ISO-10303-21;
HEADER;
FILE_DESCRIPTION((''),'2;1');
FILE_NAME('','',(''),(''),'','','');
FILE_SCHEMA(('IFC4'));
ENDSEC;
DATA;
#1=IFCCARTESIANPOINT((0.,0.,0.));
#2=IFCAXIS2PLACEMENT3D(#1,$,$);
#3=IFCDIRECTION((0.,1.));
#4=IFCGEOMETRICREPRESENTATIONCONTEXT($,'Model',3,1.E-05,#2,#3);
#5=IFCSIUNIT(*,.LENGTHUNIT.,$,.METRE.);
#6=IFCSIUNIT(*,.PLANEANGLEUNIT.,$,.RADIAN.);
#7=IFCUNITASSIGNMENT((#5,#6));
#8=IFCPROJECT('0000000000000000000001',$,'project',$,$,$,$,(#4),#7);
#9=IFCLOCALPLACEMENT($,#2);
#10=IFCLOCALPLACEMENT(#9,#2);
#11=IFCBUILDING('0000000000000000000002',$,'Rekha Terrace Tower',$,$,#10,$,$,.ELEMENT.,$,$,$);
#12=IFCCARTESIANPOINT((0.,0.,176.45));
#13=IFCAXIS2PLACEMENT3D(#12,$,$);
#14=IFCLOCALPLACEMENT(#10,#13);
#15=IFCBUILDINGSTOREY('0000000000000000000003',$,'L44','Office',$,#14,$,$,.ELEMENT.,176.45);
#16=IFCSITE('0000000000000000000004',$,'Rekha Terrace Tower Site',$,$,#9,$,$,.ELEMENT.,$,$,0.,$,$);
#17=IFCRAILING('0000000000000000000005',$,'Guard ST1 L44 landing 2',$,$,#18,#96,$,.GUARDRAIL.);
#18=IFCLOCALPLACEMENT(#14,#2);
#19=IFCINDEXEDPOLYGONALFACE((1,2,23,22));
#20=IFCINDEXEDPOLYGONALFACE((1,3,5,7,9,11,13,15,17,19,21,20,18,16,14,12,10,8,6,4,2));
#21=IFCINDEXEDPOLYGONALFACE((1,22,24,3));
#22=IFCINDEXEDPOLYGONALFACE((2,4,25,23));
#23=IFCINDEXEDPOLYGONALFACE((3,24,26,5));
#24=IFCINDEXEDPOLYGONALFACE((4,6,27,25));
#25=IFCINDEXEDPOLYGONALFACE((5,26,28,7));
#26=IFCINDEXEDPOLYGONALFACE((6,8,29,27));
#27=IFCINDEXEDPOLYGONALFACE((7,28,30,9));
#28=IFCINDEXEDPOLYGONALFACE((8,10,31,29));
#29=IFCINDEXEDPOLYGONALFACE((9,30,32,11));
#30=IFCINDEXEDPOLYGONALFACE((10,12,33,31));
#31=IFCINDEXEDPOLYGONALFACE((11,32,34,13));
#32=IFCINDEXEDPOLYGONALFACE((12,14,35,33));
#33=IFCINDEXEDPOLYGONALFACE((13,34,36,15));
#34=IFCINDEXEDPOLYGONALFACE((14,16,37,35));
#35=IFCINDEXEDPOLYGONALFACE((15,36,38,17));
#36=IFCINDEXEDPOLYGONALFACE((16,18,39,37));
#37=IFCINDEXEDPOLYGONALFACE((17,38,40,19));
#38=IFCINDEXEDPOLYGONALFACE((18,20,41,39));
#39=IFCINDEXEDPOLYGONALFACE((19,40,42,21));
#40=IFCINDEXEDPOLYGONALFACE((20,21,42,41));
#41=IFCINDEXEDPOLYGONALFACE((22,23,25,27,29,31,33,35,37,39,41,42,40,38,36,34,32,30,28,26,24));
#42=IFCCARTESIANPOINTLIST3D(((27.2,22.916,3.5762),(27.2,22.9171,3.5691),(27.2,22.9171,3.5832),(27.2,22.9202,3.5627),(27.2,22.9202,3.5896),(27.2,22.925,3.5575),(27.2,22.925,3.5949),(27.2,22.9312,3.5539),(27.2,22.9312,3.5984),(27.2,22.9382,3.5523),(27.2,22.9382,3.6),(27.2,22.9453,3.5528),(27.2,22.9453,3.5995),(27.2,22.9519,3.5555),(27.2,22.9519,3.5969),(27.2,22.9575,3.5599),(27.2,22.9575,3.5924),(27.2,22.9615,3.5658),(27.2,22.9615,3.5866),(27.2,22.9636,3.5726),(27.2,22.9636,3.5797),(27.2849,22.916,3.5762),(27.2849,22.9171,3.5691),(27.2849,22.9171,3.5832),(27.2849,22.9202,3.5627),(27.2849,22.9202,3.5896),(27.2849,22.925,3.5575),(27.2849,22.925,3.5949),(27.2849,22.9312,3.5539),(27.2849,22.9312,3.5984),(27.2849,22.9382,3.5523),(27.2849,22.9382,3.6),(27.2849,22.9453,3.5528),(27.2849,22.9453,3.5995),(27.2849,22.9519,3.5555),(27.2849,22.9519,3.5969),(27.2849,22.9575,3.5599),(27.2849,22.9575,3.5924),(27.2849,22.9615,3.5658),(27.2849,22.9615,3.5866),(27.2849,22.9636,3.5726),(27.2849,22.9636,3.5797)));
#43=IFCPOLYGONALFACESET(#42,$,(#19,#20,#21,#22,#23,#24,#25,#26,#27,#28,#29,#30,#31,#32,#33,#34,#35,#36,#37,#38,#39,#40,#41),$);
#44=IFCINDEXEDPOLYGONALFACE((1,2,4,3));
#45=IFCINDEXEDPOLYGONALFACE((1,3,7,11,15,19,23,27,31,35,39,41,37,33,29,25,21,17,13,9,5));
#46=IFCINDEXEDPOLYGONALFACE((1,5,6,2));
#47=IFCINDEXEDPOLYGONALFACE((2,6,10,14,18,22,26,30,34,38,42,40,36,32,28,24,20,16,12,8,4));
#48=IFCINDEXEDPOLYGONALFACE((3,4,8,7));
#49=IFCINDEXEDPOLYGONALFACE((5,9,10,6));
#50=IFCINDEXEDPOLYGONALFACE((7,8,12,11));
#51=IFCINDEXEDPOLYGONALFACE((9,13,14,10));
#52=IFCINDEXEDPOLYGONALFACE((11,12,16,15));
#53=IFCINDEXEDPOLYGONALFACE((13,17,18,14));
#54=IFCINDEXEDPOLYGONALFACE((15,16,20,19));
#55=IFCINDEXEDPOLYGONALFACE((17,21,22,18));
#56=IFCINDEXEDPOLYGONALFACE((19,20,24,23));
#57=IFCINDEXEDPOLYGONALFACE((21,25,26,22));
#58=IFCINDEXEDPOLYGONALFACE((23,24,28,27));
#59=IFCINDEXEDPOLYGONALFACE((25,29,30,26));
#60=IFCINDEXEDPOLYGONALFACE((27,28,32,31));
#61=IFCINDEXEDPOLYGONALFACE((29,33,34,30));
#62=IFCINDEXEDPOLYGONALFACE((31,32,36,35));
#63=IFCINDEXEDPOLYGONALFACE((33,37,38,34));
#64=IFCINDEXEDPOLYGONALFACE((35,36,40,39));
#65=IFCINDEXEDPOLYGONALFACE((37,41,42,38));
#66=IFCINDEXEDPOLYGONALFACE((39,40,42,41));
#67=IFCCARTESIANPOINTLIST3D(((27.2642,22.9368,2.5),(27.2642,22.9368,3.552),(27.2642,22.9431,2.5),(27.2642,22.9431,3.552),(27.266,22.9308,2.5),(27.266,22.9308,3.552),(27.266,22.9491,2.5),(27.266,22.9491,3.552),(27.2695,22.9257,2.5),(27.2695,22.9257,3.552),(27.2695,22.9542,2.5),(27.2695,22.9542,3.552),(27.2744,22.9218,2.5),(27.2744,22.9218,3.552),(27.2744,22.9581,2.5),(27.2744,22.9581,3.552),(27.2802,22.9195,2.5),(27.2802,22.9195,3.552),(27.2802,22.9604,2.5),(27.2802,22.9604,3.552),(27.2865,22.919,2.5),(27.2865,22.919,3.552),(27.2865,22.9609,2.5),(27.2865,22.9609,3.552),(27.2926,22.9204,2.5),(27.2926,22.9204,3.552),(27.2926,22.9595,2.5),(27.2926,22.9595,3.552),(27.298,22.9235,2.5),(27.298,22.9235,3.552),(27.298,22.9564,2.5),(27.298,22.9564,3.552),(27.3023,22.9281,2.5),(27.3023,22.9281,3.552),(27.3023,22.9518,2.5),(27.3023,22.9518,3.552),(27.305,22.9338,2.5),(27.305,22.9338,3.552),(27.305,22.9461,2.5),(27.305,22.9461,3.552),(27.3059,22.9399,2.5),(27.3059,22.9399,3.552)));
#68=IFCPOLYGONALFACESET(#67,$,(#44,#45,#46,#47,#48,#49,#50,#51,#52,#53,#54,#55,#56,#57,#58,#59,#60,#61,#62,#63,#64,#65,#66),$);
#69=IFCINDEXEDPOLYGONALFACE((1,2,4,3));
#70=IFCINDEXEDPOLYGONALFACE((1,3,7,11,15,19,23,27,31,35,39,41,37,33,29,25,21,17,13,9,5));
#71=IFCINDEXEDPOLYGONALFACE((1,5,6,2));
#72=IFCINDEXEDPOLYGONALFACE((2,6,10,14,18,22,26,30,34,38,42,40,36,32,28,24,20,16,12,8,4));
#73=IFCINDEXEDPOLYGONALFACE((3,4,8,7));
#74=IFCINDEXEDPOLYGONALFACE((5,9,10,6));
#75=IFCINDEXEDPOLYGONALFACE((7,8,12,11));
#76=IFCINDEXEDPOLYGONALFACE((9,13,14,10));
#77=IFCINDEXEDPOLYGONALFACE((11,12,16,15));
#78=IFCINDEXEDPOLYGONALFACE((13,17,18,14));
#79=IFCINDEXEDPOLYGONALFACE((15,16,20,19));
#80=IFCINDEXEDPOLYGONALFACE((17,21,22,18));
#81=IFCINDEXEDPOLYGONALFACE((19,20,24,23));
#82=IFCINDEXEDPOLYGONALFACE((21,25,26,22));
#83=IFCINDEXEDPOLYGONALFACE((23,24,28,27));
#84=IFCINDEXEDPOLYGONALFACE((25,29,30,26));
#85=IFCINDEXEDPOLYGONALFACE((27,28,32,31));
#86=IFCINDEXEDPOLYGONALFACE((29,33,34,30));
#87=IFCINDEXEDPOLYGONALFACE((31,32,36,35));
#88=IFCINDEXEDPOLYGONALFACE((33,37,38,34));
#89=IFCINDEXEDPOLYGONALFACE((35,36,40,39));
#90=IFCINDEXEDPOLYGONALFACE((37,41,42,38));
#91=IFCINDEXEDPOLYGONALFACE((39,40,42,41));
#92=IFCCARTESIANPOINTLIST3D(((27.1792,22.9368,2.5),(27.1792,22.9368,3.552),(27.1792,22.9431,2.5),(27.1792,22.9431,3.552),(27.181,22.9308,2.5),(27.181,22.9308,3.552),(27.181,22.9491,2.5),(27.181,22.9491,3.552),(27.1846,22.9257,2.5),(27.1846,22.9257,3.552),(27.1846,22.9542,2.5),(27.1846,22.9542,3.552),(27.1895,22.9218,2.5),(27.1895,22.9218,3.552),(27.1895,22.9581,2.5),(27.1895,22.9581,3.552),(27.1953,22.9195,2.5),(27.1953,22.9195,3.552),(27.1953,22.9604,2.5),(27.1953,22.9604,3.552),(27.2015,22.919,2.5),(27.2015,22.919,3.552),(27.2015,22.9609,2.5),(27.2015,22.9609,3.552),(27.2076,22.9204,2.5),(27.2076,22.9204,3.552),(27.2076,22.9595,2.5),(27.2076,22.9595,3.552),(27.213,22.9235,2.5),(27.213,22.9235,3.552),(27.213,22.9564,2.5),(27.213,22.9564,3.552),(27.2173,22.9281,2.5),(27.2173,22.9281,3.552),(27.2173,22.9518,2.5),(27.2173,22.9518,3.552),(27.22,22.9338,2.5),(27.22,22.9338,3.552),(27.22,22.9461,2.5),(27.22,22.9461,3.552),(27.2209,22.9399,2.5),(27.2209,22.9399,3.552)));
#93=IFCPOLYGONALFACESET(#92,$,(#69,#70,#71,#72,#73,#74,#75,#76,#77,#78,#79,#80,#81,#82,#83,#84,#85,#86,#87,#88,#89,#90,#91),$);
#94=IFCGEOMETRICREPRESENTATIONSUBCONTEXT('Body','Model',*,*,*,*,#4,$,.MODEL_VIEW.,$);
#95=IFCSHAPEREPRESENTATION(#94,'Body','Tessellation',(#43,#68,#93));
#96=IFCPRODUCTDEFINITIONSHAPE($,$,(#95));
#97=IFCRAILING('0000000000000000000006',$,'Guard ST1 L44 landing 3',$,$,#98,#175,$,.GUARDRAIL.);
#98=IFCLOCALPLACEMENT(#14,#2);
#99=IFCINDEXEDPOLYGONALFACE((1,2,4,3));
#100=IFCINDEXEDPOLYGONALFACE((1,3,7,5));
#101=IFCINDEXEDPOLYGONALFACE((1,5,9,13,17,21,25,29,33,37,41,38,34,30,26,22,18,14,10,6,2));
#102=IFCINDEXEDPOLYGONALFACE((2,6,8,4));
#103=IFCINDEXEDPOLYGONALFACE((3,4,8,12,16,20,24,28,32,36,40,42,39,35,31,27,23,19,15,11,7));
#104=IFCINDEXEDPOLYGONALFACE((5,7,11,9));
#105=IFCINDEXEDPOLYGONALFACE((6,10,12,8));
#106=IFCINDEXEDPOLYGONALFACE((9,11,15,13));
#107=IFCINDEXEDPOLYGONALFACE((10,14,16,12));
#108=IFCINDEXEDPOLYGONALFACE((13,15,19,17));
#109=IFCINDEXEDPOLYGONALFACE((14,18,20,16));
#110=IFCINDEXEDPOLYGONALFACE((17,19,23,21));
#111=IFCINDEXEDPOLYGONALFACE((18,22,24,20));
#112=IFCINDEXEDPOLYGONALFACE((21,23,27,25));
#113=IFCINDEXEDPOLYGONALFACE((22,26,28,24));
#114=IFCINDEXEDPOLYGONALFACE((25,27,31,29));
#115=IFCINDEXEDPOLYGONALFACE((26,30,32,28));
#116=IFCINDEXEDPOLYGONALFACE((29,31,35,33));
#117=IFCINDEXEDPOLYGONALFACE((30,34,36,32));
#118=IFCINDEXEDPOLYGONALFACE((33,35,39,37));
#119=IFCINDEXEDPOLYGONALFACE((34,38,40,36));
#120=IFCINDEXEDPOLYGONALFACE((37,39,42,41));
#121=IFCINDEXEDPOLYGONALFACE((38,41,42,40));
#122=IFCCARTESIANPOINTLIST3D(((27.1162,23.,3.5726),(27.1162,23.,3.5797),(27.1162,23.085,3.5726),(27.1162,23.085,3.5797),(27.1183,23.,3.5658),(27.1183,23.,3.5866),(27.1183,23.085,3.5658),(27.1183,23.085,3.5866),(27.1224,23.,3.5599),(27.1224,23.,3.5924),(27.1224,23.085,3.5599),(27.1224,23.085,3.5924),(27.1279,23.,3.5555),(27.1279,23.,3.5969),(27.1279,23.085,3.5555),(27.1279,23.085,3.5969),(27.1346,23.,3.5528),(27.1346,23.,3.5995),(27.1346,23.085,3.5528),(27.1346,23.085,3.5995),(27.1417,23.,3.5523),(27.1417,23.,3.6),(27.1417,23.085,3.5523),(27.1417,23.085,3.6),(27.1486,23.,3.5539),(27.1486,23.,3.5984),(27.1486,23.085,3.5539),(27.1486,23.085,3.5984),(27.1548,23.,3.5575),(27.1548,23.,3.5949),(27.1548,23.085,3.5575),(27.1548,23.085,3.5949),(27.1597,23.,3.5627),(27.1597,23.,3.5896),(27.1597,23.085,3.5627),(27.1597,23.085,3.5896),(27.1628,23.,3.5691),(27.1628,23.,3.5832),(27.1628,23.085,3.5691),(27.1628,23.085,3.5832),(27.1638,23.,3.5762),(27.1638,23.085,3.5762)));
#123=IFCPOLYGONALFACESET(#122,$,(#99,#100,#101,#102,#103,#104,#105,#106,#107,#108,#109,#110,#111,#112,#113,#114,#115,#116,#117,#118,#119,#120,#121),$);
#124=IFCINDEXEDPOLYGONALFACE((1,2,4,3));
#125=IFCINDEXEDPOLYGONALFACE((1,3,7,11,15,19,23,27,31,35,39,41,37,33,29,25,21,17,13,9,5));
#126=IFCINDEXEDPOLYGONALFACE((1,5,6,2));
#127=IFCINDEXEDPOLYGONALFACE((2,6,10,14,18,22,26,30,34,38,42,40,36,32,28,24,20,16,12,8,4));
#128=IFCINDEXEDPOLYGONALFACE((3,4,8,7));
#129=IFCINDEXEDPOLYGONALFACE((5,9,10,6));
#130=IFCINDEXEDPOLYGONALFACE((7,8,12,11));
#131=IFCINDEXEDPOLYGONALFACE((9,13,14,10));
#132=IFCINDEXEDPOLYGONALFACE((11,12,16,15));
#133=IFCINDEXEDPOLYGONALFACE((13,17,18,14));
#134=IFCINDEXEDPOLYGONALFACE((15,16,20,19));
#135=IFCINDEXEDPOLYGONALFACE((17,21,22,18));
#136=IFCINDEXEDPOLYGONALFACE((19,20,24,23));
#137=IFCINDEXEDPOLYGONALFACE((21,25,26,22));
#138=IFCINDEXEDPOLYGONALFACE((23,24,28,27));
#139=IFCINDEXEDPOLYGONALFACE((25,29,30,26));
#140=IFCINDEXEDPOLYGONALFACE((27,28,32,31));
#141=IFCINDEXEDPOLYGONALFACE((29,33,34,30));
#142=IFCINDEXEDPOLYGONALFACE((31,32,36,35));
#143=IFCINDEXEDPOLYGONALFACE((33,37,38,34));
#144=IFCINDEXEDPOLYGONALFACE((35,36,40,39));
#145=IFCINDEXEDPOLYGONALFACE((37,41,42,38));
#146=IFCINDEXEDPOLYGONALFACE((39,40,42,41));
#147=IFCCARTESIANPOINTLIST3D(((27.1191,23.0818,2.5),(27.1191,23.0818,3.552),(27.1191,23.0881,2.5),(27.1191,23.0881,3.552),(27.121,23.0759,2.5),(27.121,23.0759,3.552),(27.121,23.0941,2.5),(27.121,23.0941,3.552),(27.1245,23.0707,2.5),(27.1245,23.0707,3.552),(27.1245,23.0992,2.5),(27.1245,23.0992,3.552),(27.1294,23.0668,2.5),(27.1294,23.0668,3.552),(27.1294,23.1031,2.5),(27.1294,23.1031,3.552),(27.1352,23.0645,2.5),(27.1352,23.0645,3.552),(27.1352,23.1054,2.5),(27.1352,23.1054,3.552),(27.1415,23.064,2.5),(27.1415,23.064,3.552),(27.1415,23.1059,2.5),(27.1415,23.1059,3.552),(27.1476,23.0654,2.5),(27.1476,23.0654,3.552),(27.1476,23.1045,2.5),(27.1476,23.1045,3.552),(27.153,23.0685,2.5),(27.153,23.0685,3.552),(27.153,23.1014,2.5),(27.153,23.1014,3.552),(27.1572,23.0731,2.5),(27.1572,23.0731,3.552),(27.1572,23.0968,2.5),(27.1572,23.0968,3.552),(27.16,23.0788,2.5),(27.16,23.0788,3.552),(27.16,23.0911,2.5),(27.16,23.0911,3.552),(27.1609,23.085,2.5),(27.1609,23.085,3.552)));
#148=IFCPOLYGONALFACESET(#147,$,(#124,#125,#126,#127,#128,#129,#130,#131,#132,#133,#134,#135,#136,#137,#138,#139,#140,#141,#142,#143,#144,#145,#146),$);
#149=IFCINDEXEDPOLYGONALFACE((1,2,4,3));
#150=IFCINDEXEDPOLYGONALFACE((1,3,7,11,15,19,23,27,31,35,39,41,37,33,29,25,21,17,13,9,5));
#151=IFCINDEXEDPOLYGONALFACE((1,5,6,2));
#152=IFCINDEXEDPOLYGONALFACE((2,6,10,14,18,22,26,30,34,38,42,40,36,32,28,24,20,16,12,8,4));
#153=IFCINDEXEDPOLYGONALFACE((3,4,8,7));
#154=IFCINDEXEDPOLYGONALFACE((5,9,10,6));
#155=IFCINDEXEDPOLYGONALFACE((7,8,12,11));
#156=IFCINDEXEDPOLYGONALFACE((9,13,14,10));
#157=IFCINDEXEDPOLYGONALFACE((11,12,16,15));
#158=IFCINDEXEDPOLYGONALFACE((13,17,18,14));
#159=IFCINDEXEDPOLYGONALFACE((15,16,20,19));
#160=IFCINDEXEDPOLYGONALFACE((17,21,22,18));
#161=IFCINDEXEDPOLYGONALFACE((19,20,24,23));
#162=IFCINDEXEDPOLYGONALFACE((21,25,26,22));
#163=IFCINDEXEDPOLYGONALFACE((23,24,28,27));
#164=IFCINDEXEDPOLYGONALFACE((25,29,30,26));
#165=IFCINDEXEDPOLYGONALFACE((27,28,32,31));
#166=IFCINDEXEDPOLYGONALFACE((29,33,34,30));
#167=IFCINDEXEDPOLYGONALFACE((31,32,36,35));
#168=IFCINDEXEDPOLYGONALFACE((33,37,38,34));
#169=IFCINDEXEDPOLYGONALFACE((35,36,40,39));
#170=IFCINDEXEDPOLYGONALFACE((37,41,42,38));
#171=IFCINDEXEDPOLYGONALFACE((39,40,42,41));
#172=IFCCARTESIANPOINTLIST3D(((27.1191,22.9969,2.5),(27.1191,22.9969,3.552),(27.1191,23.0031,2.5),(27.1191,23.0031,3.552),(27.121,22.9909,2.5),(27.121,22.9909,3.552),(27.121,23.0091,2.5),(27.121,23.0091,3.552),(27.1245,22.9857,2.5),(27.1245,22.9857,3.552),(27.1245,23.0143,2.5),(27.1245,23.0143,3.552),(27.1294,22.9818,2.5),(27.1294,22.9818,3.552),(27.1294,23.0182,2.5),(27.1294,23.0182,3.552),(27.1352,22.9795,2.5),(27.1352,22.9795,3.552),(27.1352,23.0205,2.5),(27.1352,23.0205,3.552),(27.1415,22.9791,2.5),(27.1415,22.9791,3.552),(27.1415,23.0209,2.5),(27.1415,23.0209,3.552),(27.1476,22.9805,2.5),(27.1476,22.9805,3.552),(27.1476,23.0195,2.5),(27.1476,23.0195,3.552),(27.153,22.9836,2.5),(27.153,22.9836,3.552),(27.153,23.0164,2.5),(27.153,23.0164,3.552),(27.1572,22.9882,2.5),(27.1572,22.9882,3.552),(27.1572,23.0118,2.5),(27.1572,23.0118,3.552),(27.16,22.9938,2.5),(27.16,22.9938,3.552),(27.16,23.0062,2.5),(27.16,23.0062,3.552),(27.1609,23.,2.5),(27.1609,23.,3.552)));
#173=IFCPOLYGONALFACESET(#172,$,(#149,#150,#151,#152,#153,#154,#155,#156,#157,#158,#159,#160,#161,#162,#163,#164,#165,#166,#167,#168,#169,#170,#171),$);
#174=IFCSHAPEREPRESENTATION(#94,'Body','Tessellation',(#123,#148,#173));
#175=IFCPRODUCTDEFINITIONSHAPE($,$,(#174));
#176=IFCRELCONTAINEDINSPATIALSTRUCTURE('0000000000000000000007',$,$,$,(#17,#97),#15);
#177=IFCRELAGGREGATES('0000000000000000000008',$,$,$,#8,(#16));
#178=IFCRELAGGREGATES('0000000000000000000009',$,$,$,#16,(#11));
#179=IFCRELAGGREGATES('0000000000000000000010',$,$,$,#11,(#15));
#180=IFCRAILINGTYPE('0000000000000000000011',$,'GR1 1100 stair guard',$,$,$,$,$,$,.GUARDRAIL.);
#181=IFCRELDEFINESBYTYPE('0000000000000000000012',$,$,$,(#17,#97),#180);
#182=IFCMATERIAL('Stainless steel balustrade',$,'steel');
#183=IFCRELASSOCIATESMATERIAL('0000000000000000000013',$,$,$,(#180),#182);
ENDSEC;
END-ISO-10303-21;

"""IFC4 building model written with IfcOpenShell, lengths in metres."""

from ifc_helpers import new_model, si_unit, direction, frame, origin, origin_2d, place, context, subcontext, project, spatial, circle, extrude, material, type_object, element, save


model = new_model("IFC4")

# Units and contexts
model_context = context("Model", 3, precision=1e-05, world=origin(), true_north=direction((0.0, 1.0)))
body_context = subcontext(model_context, "Body", "Model", "MODEL_VIEW")
ifc_project = project(units=[si_unit("LENGTHUNIT", "METRE"), si_unit("PLANEANGLEUNIT", "RADIAN")], contexts=[model_context])

# Site, building, storey
site_placement = place(None, origin())
site = spatial("IfcSite", under=ifc_project, at=site_placement, Name="Rekha Terrace Tower Site", CompositionType="ELEMENT", RefElevation=0.0)
building_placement = place(site_placement, origin())
building = spatial("IfcBuilding", under=site, at=building_placement, Name="Rekha Terrace Tower", CompositionType="ELEMENT")
storey_placement = place(building_placement, frame((0.0, 0.0, 176.45)))
storey = spatial("IfcBuildingStorey", under=building, at=storey_placement, Name="L44", Description="Office", CompositionType="ELEMENT", Elevation=176.45)

# Railings
ifc_material_1 = material(Name="Stainless steel balustrade", Category="steel")
railing_type_1 = type_object("IfcRailingType", Name="GR1 1100 stair guard", PredefinedType="GUARDRAIL", material=ifc_material_1)
railing_1_placement = place(storey_placement, frame((27.2849, 22.9399, 2.5)))
element("IfcRailing", 1, at=railing_1_placement, inside=storey, type_object=railing_type_1, Name="Guard ST1 L44 landing 2", PredefinedType="GUARDRAIL", context=body_context, shape_type="SweptSolid", body=[
    extrude(circle(Radius=0.0239, at=origin_2d()), frame((0.0, 0.0, 1.0762), z_axis=(-1.0, 0.0, 0.0), x_axis=(0.0, -1.0, 0.0)), (0.0, 0.0, 1.0), 0.085),
    extrude(circle(Radius=0.021, at=origin_2d()), origin(), (0.0, 0.0, 1.0), 1.052),
    extrude(circle(Radius=0.021, at=origin_2d()), frame((-0.085, 0.0, 0.0)), (0.0, 0.0, 1.0), 1.052),
])
railing_2_placement = place(storey_placement, frame((27.1399, 23.085, 2.5)))
element("IfcRailing", 2, at=railing_2_placement, inside=storey, type_object=railing_type_1, Name="Guard ST1 L44 landing 3", PredefinedType="GUARDRAIL", context=body_context, shape_type="SweptSolid", body=[
    extrude(circle(Radius=0.0239, at=origin_2d()), frame((0.0, 0.0, 1.0762), z_axis=(0.0, -1.0, 0.0), x_axis=(1.0, 0.0, 0.0)), (0.0, 0.0, 1.0), 0.085),
    extrude(circle(Radius=0.021, at=origin_2d()), origin(), (0.0, 0.0, 1.0), 1.052),
    extrude(circle(Radius=0.021, at=origin_2d()), frame((0.0, -0.085, 0.0)), (0.0, 0.0, 1.0), 1.052),
])

save(model, "model.ifc")
